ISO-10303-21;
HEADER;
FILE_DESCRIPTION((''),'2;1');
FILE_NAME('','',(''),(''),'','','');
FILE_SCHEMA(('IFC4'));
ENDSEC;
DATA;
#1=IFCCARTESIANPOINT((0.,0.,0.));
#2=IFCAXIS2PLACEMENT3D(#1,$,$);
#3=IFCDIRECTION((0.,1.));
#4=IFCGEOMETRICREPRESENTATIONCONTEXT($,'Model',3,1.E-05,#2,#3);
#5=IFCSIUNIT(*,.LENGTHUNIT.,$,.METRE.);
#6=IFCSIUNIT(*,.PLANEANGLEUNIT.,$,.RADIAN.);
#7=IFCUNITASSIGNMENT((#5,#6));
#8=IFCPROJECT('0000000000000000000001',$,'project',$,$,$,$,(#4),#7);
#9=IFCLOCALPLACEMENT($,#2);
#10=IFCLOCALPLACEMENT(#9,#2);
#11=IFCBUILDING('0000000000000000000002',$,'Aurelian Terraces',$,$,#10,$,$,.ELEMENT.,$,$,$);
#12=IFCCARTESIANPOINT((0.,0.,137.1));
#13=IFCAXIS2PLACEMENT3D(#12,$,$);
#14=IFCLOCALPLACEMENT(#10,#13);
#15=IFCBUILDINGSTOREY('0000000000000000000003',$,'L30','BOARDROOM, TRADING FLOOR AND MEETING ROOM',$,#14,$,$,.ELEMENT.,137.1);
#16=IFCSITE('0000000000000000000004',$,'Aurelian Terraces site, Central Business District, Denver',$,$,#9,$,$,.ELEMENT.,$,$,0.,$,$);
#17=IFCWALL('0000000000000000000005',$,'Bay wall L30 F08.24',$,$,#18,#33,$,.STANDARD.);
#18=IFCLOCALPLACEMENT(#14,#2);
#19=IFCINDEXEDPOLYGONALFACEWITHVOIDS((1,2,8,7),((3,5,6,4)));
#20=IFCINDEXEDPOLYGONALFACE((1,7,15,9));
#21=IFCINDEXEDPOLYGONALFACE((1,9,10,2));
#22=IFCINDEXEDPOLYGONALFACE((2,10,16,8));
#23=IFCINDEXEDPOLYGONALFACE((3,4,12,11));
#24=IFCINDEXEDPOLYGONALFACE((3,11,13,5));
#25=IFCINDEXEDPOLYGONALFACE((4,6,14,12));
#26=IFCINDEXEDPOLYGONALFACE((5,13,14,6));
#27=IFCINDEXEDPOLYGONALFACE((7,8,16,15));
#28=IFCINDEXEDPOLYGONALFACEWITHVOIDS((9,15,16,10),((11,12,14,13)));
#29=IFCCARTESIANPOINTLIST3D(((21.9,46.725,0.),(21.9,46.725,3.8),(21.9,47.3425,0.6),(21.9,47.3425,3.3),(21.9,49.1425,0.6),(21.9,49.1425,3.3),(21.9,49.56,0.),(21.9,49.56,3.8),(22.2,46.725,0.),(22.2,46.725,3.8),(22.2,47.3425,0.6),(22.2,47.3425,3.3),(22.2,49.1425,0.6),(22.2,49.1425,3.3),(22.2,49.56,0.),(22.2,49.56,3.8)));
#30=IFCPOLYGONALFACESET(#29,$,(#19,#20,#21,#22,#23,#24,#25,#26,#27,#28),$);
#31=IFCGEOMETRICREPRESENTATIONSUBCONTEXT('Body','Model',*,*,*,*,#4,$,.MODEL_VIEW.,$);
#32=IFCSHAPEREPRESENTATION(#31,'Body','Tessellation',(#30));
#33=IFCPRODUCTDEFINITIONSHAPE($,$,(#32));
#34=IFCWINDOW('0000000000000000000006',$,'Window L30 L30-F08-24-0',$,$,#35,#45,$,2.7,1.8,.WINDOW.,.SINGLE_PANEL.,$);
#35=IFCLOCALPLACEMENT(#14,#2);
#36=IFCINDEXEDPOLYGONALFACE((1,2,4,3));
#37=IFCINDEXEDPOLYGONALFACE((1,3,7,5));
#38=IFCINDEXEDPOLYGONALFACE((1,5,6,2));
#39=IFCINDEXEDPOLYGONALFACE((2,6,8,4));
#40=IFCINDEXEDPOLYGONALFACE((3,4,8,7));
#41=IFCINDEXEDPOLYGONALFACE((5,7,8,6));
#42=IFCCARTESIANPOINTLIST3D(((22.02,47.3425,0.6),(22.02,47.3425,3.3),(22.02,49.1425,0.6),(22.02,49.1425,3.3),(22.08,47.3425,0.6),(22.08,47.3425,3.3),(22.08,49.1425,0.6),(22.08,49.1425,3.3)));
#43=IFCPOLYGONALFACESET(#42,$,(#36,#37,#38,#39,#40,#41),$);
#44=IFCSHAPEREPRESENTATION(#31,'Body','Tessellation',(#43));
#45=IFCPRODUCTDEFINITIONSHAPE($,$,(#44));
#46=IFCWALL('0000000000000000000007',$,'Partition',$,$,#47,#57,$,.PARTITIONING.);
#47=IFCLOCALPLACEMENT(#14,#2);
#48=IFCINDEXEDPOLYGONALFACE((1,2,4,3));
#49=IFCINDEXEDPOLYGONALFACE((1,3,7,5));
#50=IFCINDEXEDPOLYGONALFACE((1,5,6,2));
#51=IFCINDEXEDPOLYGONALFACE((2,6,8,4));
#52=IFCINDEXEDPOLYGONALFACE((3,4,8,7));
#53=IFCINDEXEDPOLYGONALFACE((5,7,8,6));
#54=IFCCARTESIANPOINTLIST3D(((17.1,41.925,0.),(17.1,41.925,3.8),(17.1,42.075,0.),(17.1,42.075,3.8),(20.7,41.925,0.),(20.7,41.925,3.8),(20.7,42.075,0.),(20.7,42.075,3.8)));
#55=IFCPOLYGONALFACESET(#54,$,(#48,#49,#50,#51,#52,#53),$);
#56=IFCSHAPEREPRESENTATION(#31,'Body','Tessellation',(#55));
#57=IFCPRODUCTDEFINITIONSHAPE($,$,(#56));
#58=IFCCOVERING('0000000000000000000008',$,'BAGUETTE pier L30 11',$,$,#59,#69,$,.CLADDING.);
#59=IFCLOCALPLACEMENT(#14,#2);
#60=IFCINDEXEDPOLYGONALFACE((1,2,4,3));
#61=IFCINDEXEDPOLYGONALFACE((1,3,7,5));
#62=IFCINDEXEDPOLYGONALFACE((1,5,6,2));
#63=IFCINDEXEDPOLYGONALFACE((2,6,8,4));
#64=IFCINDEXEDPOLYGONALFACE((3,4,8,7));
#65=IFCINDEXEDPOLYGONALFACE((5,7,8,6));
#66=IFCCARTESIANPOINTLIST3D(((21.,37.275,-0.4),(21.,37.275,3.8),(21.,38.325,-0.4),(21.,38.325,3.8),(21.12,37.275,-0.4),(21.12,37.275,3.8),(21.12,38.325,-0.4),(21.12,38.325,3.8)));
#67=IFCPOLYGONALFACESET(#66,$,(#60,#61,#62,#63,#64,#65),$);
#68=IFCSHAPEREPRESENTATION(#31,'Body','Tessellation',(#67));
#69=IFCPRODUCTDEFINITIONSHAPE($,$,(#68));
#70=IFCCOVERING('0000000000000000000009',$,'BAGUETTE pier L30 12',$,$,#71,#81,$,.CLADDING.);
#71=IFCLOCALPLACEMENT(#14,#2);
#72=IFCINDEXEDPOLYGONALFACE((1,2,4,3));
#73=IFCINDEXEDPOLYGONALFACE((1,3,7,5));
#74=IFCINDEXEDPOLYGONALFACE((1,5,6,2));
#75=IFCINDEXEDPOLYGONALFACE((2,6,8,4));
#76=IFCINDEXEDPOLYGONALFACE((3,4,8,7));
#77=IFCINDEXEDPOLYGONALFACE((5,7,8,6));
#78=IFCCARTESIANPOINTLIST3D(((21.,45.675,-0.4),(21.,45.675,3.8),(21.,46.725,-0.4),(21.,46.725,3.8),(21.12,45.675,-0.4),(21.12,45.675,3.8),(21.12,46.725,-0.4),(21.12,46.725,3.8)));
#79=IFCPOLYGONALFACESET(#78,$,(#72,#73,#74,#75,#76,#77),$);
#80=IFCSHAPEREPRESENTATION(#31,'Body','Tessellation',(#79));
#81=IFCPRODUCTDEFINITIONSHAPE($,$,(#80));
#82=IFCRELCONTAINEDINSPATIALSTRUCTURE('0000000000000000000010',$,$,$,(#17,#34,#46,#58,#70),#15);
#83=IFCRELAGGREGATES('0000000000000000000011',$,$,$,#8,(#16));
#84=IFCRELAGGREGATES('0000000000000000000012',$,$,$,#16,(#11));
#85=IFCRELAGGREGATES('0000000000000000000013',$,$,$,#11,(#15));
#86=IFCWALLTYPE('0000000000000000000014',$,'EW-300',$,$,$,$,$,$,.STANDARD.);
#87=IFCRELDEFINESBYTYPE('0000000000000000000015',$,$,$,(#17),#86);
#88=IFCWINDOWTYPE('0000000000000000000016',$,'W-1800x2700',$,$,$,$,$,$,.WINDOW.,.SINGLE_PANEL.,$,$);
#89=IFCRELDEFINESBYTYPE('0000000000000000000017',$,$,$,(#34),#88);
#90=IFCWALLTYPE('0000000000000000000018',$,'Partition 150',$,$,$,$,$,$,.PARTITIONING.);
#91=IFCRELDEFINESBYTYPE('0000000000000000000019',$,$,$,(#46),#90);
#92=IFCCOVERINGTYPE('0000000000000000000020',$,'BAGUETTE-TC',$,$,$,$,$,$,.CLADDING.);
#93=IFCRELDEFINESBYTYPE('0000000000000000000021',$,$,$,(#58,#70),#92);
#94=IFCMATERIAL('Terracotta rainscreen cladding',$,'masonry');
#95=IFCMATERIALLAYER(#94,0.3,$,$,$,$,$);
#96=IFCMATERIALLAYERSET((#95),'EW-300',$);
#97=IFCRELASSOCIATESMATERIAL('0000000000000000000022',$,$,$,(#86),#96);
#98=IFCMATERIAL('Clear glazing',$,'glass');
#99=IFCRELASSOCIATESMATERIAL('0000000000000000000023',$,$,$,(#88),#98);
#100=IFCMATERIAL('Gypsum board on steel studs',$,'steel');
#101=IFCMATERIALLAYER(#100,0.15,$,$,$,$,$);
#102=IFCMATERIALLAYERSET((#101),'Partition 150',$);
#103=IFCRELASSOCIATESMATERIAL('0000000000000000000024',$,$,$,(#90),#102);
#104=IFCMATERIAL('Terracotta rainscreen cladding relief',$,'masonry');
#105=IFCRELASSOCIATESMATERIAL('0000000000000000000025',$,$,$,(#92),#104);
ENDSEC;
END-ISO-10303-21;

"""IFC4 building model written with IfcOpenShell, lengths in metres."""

from ifc_helpers import new_model, si_unit, direction, frame, frame_2d, origin, origin_2d, place, context, subcontext, project, spatial, rectangle, extrude, source, transform, mapped, material, layer, layer_set, type_object, element, fill, save


model = new_model("IFC4")

# Units and contexts
model_context = context("Model", 3, precision=1e-05, world=origin(), true_north=direction((0.0, 1.0)))
body_context = subcontext(model_context, "Body", "Model", "MODEL_VIEW")
ifc_project = project(units=[si_unit("LENGTHUNIT", "METRE"), si_unit("PLANEANGLEUNIT", "RADIAN")], contexts=[model_context])

# Site, building, storey
site_placement = place(None, origin())
site = spatial("IfcSite", under=ifc_project, at=site_placement, Name="Aurelian Terraces site, Central Business District, Denver", CompositionType="ELEMENT", RefElevation=0.0)
building_placement = place(site_placement, origin())
building = spatial("IfcBuilding", under=site, at=building_placement, Name="Aurelian Terraces", CompositionType="ELEMENT")
storey_placement = place(building_placement, frame((0.0, 0.0, 137.1)))
storey = spatial("IfcBuildingStorey", under=building, at=storey_placement, Name="L30", Description="BOARDROOM, TRADING FLOOR AND MEETING ROOM", CompositionType="ELEMENT", Elevation=137.1)

# Shared definitions
ifc_material_1 = material(Name="Terracotta rainscreen cladding", Category="masonry")
ifc_layer_1 = layer(ifc_material_1, 0.3)
ifc_layer_set_1 = layer_set([ifc_layer_1], Name="EW-300")
wall_type_1 = type_object("IfcWallType", Name="EW-300", PredefinedType="STANDARD", material=ifc_layer_set_1)
ifc_material_2 = material(Name="Clear glazing", Category="glass")

# Wall, opening, window
shared_shape_1 = source(origin(), body_context, "Body", "SweptSolid", [
    extrude(rectangle(XDim=2.835, YDim=0.3, at=frame_2d((1.4175, 0.0))), origin(), (0.0, 0.0, 1.0), 3.8),
])
wall_1_placement = place(storey_placement, frame((22.05, 46.725, 0.0), z_axis=(0.0, 0.0, 1.0), x_axis=(0.0, 1.0, 0.0)))
wall_1 = element("IfcWall", 1, at=wall_1_placement, inside=storey, type_object=wall_type_1, Name="Bay wall L30 F08.24", PredefinedType="STANDARD", context=body_context, shape_type="MappedRepresentation", body=[
    mapped(shared_shape_1, transform((0.0, 0.0, 0.0), scale=1.0)),
])
shared_shape_2 = source(origin(), body_context, "Body", "SweptSolid", [
    extrude(rectangle(XDim=1.8, YDim=2.7, at=frame_2d((0.9, 1.35))), frame((0.0, 0.16, 0.0), z_axis=(0.0, -1.0, 0.0), x_axis=(1.0, 0.0, 0.0)), (0.0, 0.0, 1.0), 0.32),
])
opening_1_placement = place(wall_1_placement, frame((0.6175, 0.0, 0.6)))
opening_1 = element("IfcOpeningElement", 2, at=opening_1_placement, cuts=wall_1, PredefinedType="OPENING", context=body_context, shape_type="MappedRepresentation", body=[
    mapped(shared_shape_2, transform((0.0, 0.0, 0.0), scale=1.0)),
])
window_type_1 = type_object("IfcWindowType", Name="W-1800x2700", PartitioningType="SINGLE_PANEL", PredefinedType="WINDOW", material=ifc_material_2)
shared_shape_3 = source(origin(), body_context, "Body", "SweptSolid", [
    extrude(rectangle(XDim=1.8, YDim=2.7, at=frame_2d((0.9, 1.35))), frame((0.0, 0.03, 0.0), z_axis=(0.0, -1.0, 0.0), x_axis=(1.0, 0.0, 0.0)), (0.0, 0.0, 1.0), 0.06),
])
window_1_placement = place(opening_1_placement, origin())
window_1 = element("IfcWindow", 3, at=window_1_placement, inside=storey, type_object=window_type_1, Name="Window L30 L30-F08-24-0", OverallHeight=2.7, OverallWidth=1.8, PartitioningType="SINGLE_PANEL", PredefinedType="WINDOW", context=body_context, shape_type="MappedRepresentation", body=[
    mapped(shared_shape_3, transform((0.0, 0.0, 0.0), scale=1.0)),
])
fill(opening_1, window_1)

# Wall
ifc_material_3 = material(Name="Gypsum board on steel studs", Category="steel")
ifc_layer_2 = layer(ifc_material_3, 0.15)
ifc_layer_set_2 = layer_set([ifc_layer_2], Name="Partition 150")
wall_type_2 = type_object("IfcWallType", Name="Partition 150", PredefinedType="PARTITIONING", material=ifc_layer_set_2)
shared_shape_4 = source(origin(), body_context, "Body", "SweptSolid", [
    extrude(rectangle(XDim=3.6, YDim=0.15, at=frame_2d((1.8, 0.0))), origin(), (0.0, 0.0, 1.0), 3.8),
])
wall_2_placement = place(storey_placement, frame((20.7, 42.0, 0.0), z_axis=(0.0, 0.0, 1.0), x_axis=(-1.0, 0.0, 0.0)))
element("IfcWall", 4, at=wall_2_placement, inside=storey, type_object=wall_type_2, Name="Partition", PredefinedType="PARTITIONING", context=body_context, shape_type="MappedRepresentation", body=[
    mapped(shared_shape_4, transform((0.0, 0.0, 0.0), scale=1.0)),
])

# Coverings
ifc_material_4 = material(Name="Terracotta rainscreen cladding relief", Category="masonry")
covering_type = type_object("IfcCoveringType", Name="BAGUETTE-TC", PredefinedType="CLADDING", material=ifc_material_4)
shared_shape_5 = source(origin(), body_context, "Body", "SweptSolid", [
    extrude(rectangle(XDim=0.12, YDim=1.05, at=origin_2d()), origin(), (0.0, 0.0, 1.0), 4.2),
])
for number, where, z_axis, x_axis, name in (
    (5, (21.06, 37.8, -0.4), (0.0, 0.0, 1.0), (1.0, 0.0, 0.0), "BAGUETTE pier L30 11"),
    (6, (21.06, 46.2, -0.4), (0.0, 0.0, 1.0), (1.0, 0.0, 0.0), "BAGUETTE pier L30 12"),
):
    element("IfcCovering", number, at=place(storey_placement, frame(where, z_axis=z_axis, x_axis=x_axis)), inside=storey, type_object=covering_type, Name=name, PredefinedType="CLADDING", context=body_context, shape_type="MappedRepresentation", body=[
        mapped(shared_shape_5, transform((0.0, 0.0, 0.0), scale=1.0)),
    ])

save(model, "model.ifc")
